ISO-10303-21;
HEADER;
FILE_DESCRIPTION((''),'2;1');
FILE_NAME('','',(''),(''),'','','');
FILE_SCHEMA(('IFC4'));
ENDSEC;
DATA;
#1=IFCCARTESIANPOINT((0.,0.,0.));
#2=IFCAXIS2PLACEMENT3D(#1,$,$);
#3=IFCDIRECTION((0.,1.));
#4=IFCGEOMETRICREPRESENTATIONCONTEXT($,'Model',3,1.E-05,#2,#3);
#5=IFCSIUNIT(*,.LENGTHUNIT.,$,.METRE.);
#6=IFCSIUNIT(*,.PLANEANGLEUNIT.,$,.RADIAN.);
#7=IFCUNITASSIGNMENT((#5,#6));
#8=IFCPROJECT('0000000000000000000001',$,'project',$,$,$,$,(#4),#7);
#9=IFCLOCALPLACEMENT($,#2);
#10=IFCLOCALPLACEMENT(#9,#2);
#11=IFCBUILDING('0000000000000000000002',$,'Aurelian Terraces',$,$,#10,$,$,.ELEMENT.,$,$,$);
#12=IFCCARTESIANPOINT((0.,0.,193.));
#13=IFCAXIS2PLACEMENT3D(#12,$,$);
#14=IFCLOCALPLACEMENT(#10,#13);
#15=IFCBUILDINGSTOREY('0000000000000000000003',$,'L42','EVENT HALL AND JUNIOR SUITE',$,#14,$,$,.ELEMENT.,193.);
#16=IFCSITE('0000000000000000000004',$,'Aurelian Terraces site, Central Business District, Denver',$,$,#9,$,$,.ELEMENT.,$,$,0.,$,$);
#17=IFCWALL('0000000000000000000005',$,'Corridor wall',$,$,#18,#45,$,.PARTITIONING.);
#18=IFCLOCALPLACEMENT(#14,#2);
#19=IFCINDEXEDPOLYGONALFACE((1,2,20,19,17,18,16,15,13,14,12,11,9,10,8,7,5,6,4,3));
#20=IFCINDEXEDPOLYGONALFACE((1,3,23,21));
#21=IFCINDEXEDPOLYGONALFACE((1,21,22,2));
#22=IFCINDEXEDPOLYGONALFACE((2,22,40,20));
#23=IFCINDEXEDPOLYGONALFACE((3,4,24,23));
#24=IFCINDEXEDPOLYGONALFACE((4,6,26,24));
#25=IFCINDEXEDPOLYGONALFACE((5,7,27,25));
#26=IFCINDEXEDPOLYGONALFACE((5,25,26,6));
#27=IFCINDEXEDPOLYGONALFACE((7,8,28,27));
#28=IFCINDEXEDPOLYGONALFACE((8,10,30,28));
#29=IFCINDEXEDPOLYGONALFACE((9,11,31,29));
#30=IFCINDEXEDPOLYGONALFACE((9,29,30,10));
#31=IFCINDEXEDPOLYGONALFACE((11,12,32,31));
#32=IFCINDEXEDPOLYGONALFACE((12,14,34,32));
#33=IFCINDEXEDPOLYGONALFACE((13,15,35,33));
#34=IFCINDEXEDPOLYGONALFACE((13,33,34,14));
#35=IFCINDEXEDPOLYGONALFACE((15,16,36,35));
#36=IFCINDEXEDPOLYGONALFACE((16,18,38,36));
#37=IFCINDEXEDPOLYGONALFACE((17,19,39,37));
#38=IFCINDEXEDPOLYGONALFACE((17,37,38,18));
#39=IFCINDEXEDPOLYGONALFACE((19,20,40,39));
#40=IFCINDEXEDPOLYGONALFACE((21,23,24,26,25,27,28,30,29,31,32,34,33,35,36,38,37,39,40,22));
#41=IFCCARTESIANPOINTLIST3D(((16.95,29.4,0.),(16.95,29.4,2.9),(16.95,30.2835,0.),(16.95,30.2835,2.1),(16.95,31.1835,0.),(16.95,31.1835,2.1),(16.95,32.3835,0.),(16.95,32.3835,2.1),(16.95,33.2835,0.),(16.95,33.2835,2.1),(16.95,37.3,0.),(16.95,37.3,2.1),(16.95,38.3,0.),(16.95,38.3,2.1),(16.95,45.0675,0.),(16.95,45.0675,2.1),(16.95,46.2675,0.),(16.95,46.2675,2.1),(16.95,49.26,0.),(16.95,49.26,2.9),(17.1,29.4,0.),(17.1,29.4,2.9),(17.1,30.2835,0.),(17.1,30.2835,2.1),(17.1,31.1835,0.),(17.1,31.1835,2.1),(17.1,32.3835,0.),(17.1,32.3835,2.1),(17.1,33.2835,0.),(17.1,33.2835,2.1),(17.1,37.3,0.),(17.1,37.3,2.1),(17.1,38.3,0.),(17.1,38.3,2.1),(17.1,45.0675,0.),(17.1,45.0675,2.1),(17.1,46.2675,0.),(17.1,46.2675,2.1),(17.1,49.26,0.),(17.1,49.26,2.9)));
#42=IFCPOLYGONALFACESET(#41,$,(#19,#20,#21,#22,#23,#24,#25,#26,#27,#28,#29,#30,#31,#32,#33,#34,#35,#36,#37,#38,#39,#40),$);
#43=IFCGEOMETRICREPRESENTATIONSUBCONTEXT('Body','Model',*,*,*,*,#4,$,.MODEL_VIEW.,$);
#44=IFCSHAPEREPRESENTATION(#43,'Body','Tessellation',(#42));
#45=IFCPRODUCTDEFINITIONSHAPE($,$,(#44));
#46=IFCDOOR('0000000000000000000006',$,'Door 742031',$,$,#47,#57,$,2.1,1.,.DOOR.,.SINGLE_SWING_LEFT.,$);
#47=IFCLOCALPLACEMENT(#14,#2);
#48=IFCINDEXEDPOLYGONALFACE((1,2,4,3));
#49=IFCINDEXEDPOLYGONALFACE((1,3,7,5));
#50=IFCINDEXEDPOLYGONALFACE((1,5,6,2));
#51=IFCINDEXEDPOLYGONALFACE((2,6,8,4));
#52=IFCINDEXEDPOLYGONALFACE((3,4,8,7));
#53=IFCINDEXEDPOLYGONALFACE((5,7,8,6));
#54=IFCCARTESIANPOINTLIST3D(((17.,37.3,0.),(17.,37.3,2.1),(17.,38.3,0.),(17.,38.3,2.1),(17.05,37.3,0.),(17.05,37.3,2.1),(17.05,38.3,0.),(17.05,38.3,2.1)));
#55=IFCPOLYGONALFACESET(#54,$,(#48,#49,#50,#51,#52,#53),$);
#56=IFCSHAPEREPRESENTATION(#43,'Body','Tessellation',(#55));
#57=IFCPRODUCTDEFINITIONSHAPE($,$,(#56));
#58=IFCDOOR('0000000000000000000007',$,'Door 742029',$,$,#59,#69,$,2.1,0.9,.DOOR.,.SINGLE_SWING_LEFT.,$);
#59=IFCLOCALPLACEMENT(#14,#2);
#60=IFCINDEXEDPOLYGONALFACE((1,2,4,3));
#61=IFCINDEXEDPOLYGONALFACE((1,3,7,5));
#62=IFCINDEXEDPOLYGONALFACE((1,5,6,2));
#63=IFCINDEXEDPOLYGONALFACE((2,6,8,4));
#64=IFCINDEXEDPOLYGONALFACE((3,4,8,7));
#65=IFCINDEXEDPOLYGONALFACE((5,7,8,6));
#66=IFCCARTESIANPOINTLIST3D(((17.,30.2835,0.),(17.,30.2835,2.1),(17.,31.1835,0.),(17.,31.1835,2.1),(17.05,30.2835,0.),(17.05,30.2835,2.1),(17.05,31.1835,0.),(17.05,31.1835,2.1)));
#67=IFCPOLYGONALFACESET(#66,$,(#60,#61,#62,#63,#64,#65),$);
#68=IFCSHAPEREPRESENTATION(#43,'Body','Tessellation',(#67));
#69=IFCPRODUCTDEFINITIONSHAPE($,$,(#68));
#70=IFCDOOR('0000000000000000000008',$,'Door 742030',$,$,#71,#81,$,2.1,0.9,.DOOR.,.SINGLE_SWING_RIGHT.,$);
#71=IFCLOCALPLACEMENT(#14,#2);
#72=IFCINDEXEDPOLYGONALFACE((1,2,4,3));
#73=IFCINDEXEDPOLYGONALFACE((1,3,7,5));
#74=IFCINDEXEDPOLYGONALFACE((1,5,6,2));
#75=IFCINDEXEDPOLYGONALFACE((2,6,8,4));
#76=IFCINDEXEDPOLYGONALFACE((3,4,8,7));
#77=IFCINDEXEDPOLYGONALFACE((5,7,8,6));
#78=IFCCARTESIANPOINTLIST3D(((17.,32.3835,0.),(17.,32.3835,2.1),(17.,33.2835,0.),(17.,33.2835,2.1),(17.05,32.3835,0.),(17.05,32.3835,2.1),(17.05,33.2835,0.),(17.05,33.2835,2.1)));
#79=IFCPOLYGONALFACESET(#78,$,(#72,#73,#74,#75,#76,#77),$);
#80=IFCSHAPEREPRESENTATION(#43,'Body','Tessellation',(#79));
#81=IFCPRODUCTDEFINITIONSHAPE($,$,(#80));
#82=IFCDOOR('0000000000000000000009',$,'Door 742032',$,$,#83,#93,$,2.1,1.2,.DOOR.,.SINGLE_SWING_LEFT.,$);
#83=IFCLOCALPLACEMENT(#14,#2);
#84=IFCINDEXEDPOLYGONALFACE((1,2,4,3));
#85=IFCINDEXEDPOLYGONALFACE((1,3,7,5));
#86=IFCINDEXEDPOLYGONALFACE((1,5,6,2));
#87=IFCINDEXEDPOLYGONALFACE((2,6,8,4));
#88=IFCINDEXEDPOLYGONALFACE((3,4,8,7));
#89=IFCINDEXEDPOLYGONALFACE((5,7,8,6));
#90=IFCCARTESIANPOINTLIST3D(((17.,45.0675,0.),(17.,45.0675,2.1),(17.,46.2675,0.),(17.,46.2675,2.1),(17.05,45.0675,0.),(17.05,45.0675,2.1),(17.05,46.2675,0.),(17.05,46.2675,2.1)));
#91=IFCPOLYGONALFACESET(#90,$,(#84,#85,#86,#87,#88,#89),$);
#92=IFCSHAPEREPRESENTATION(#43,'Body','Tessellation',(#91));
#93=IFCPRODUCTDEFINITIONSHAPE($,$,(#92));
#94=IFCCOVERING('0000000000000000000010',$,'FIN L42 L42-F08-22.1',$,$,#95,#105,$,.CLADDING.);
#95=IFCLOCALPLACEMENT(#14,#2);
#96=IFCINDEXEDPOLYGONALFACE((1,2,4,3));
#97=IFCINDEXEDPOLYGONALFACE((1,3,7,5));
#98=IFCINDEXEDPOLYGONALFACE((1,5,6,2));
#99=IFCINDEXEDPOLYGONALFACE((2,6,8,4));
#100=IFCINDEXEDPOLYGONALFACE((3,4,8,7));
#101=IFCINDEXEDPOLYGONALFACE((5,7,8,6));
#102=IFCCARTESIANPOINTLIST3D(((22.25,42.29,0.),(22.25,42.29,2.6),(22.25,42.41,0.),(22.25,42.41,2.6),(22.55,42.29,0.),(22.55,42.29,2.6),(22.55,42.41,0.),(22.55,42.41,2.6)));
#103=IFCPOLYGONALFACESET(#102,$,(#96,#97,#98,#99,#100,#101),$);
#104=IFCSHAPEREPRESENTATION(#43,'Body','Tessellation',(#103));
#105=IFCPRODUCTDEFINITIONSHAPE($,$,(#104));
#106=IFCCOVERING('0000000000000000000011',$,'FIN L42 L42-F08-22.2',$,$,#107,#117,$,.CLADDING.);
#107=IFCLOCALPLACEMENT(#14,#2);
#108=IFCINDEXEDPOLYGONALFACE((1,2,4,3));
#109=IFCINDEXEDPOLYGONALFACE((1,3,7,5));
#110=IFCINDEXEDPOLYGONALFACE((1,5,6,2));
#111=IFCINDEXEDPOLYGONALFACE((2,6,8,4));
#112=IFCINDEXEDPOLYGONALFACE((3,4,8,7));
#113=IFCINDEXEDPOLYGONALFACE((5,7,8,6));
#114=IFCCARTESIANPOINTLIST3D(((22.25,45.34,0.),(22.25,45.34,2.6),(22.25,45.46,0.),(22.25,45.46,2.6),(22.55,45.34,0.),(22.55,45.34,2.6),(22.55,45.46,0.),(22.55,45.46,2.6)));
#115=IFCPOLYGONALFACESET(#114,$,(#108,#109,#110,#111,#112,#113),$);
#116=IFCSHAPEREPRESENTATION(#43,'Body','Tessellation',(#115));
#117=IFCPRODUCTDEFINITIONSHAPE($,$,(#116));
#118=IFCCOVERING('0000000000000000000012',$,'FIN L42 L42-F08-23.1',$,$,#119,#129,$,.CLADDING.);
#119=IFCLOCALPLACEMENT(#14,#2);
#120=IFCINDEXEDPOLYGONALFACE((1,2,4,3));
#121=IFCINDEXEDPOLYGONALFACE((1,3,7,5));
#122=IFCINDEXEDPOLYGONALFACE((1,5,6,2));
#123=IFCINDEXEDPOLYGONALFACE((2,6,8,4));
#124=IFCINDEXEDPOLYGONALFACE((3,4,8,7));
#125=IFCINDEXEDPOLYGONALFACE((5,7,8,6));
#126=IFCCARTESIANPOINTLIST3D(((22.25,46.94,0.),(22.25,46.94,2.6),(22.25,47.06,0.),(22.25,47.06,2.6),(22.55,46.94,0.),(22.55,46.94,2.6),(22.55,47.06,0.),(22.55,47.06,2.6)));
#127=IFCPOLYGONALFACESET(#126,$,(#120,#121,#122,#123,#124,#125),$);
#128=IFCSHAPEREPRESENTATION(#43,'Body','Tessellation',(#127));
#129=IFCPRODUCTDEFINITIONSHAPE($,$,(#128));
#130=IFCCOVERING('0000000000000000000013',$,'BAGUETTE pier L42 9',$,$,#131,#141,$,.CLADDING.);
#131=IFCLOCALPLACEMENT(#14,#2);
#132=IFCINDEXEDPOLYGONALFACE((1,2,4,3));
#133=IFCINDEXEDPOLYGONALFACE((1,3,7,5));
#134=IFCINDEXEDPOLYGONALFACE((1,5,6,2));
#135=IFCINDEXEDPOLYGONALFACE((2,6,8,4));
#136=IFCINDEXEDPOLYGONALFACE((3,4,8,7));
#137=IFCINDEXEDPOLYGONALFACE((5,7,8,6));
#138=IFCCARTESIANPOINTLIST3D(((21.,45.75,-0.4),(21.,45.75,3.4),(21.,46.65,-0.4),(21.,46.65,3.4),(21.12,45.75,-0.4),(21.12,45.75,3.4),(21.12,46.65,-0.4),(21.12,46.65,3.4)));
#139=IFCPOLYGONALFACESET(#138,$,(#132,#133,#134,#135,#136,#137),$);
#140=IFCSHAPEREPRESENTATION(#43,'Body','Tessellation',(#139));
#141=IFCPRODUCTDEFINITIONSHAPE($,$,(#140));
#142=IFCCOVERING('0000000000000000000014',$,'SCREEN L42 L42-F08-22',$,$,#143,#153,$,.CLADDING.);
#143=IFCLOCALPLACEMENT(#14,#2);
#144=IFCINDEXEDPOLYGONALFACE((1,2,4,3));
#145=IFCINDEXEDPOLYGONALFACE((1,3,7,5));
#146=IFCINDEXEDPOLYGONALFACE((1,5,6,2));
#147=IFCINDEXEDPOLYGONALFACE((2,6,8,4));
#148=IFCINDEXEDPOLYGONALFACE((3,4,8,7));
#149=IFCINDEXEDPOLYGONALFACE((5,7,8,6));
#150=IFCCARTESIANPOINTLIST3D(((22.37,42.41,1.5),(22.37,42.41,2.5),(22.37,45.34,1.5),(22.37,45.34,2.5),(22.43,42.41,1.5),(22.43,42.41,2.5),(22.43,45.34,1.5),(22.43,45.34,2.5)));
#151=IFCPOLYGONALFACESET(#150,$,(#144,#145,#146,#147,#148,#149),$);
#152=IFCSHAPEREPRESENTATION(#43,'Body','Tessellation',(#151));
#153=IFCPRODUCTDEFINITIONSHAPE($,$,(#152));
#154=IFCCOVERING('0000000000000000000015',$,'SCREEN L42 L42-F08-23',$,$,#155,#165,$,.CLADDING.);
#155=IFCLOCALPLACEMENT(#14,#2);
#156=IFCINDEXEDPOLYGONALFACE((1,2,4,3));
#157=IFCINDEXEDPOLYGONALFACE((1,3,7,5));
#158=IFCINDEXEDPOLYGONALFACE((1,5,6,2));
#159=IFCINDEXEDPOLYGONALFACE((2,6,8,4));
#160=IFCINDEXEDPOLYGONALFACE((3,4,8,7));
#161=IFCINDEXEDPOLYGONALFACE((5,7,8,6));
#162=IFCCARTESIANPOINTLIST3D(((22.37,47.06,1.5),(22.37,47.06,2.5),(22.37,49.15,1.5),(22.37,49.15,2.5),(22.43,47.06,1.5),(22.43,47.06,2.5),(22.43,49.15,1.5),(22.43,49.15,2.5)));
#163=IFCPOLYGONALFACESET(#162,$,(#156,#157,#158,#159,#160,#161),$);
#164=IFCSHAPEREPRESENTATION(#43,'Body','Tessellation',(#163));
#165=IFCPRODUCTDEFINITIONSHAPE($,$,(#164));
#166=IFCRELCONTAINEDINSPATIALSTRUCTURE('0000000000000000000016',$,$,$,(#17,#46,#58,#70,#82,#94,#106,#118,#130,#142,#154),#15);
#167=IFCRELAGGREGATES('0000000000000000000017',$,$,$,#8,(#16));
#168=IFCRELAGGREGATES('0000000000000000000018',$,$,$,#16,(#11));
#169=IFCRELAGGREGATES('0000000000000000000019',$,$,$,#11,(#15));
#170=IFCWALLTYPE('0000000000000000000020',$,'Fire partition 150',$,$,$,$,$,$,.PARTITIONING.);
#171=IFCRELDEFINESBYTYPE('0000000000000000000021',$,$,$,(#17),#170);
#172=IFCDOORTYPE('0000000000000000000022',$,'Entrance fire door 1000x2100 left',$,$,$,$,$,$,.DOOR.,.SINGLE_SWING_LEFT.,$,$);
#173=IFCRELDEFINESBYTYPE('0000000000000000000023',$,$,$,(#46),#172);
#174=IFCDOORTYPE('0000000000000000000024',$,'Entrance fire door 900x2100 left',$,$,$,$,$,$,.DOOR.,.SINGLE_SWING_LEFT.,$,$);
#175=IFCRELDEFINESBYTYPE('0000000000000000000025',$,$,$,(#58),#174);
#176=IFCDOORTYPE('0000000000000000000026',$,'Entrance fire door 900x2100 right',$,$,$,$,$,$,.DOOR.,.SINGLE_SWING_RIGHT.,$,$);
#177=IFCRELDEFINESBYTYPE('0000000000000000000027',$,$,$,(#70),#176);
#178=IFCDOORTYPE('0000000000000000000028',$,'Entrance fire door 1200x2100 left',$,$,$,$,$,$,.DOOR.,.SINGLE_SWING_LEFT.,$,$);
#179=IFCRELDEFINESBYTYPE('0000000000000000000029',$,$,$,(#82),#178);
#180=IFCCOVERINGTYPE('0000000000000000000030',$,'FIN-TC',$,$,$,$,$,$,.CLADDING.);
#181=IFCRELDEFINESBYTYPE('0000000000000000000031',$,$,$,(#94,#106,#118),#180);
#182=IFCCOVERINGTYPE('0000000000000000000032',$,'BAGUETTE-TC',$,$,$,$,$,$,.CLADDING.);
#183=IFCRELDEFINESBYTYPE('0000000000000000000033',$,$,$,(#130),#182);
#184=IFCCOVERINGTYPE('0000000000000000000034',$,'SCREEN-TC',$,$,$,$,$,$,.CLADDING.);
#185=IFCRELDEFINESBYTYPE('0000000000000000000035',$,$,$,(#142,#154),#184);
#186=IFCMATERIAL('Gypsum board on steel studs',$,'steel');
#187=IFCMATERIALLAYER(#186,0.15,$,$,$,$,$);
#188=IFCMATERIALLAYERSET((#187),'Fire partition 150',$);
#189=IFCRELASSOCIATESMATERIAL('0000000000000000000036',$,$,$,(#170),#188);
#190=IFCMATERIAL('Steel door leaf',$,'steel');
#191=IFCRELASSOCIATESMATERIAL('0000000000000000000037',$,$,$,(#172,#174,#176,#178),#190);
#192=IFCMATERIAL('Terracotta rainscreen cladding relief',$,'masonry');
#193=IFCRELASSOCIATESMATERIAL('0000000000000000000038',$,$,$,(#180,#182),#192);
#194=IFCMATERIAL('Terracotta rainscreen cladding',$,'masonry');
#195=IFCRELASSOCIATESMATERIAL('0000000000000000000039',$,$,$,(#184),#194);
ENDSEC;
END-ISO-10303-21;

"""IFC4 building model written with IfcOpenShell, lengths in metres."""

from ifc_helpers import new_model, si_unit, direction, frame, frame_2d, origin, origin_2d, place, context, subcontext, project, spatial, rectangle, extrude, source, transform, mapped, material, layer, layer_set, type_object, element, fill, save


model = new_model("IFC4")

# Units and contexts
model_context = context("Model", 3, precision=1e-05, world=origin(), true_north=direction((0.0, 1.0)))
body_context = subcontext(model_context, "Body", "Model", "MODEL_VIEW")
ifc_project = project(units=[si_unit("LENGTHUNIT", "METRE"), si_unit("PLANEANGLEUNIT", "RADIAN")], contexts=[model_context])

# Site, building, storey
site_placement = place(None, origin())
site = spatial("IfcSite", under=ifc_project, at=site_placement, Name="Aurelian Terraces site, Central Business District, Denver", CompositionType="ELEMENT", RefElevation=0.0)
building_placement = place(site_placement, origin())
building = spatial("IfcBuilding", under=site, at=building_placement, Name="Aurelian Terraces", CompositionType="ELEMENT")
storey_placement = place(building_placement, frame((0.0, 0.0, 193.0)))
storey = spatial("IfcBuildingStorey", under=building, at=storey_placement, Name="L42", Description="EVENT HALL AND JUNIOR SUITE", CompositionType="ELEMENT", Elevation=193.0)

# Shared definitions
ifc_material_1 = material(Name="Terracotta rainscreen cladding", Category="masonry")

# Shared definitions
ifc_material_2 = material(Name="Gypsum board on steel studs", Category="steel")
ifc_layer_1 = layer(ifc_material_2, 0.15)
ifc_layer_set_1 = layer_set([ifc_layer_1], Name="Fire partition 150")
wall_type_1 = type_object("IfcWallType", Name="Fire partition 150", PredefinedType="PARTITIONING", material=ifc_layer_set_1)

# Wall, openings, doors
shared_shape_1 = source(origin(), body_context, "Body", "SweptSolid", [
    extrude(rectangle(XDim=19.86, YDim=0.15, at=frame_2d((9.93, 0.0))), origin(), (0.0, 0.0, 1.0), 2.9),
])
wall_1_placement = place(storey_placement, frame((17.025, 49.26, 0.0), z_axis=(0.0, 0.0, 1.0), x_axis=(0.0, -1.0, 0.0)))
wall_1 = element("IfcWall", 1, at=wall_1_placement, inside=storey, type_object=wall_type_1, Name="Corridor wall", PredefinedType="PARTITIONING", context=body_context, shape_type="MappedRepresentation", body=[
    mapped(shared_shape_1, transform((0.0, 0.0, 0.0), scale=1.0)),
])
shared_shape_2 = source(origin(), body_context, "Body", "SweptSolid", [
    extrude(rectangle(XDim=0.9, YDim=2.1, at=frame_2d((0.45, 1.05))), frame((0.0, 0.085, 0.0), z_axis=(0.0, -1.0, 0.0), x_axis=(1.0, 0.0, 0.0)), (0.0, 0.0, 1.0), 0.17),
])
opening_1_placement = place(wall_1_placement, frame((18.0765, 0.0, 0.0)))
opening_1 = element("IfcOpeningElement", 2, at=opening_1_placement, cuts=wall_1, PredefinedType="OPENING", context=body_context, shape_type="MappedRepresentation", body=[
    mapped(shared_shape_2, transform((0.0, 0.0, 0.0), scale=1.0)),
])
opening_2_placement = place(wall_1_placement, frame((15.9765, 0.0, 0.0)))
opening_2 = element("IfcOpeningElement", 3, at=opening_2_placement, cuts=wall_1, PredefinedType="OPENING", context=body_context, shape_type="MappedRepresentation", body=[
    mapped(shared_shape_2, transform((0.0, 0.0, 0.0), scale=1.0)),
])
shared_shape_3 = source(origin(), body_context, "Body", "SweptSolid", [
    extrude(rectangle(XDim=1.0, YDim=2.1, at=frame_2d((0.5, 1.05))), frame((0.0, 0.085, 0.0), z_axis=(0.0, -1.0, 0.0), x_axis=(1.0, 0.0, 0.0)), (0.0, 0.0, 1.0), 0.17),
])
opening_3_placement = place(wall_1_placement, frame((10.96, 0.0, 0.0)))
opening_3 = element("IfcOpeningElement", 4, at=opening_3_placement, cuts=wall_1, PredefinedType="OPENING", context=body_context, shape_type="MappedRepresentation", body=[
    mapped(shared_shape_3, transform((0.0, 0.0, 0.0), scale=1.0)),
])
shared_shape_4 = source(origin(), body_context, "Body", "SweptSolid", [
    extrude(rectangle(XDim=1.2, YDim=2.1, at=frame_2d((0.6, 1.05))), frame((0.0, 0.085, 0.0), z_axis=(0.0, -1.0, 0.0), x_axis=(1.0, 0.0, 0.0)), (0.0, 0.0, 1.0), 0.17),
])
opening_4_placement = place(wall_1_placement, frame((2.9925, 0.0, 0.0)))
opening_4 = element("IfcOpeningElement", 5, at=opening_4_placement, cuts=wall_1, PredefinedType="OPENING", context=body_context, shape_type="MappedRepresentation", body=[
    mapped(shared_shape_4, transform((0.0, 0.0, 0.0), scale=1.0)),
])
ifc_material_3 = material(Name="Steel door leaf", Category="steel")
door_type_1 = type_object("IfcDoorType", Name="Entrance fire door 1000x2100 left", OperationType="SINGLE_SWING_LEFT", PredefinedType="DOOR", material=ifc_material_3)
shared_shape_5 = source(origin(), body_context, "Body", "SweptSolid", [
    extrude(rectangle(XDim=1.0, YDim=2.1, at=frame_2d((0.5, 1.05))), frame((0.0, 0.025, 0.0), z_axis=(0.0, -1.0, 0.0), x_axis=(1.0, 0.0, 0.0)), (0.0, 0.0, 1.0), 0.05),
])
door_1_placement = place(opening_3_placement, origin())
door_1 = element("IfcDoor", 6, at=door_1_placement, inside=storey, type_object=door_type_1, Name="Door 742031", OperationType="SINGLE_SWING_LEFT", OverallHeight=2.1, OverallWidth=1.0, PredefinedType="DOOR", context=body_context, shape_type="MappedRepresentation", body=[
    mapped(shared_shape_5, transform((0.0, 0.0, 0.0), scale=1.0)),
])
fill(opening_3, door_1)
door_type_2 = type_object("IfcDoorType", Name="Entrance fire door 900x2100 left", OperationType="SINGLE_SWING_LEFT", PredefinedType="DOOR", material=ifc_material_3)
shared_shape_6 = source(origin(), body_context, "Body", "SweptSolid", [
    extrude(rectangle(XDim=0.9, YDim=2.1, at=frame_2d((0.45, 1.05))), frame((0.0, 0.025, 0.0), z_axis=(0.0, -1.0, 0.0), x_axis=(1.0, 0.0, 0.0)), (0.0, 0.0, 1.0), 0.05),
])
door_2_placement = place(opening_1_placement, origin())
door_2 = element("IfcDoor", 7, at=door_2_placement, inside=storey, type_object=door_type_2, Name="Door 742029", OperationType="SINGLE_SWING_LEFT", OverallHeight=2.1, OverallWidth=0.9, PredefinedType="DOOR", context=body_context, shape_type="MappedRepresentation", body=[
    mapped(shared_shape_6, transform((0.0, 0.0, 0.0), scale=1.0)),
])
fill(opening_1, door_2)
door_type_3 = type_object("IfcDoorType", Name="Entrance fire door 900x2100 right", OperationType="SINGLE_SWING_RIGHT", PredefinedType="DOOR", material=ifc_material_3)
door_3_placement = place(opening_2_placement, origin())
door_3 = element("IfcDoor", 8, at=door_3_placement, inside=storey, type_object=door_type_3, Name="Door 742030", OperationType="SINGLE_SWING_RIGHT", OverallHeight=2.1, OverallWidth=0.9, PredefinedType="DOOR", context=body_context, shape_type="MappedRepresentation", body=[
    mapped(shared_shape_6, transform((0.0, 0.0, 0.0), scale=1.0)),
])
fill(opening_2, door_3)
door_type_4 = type_object("IfcDoorType", Name="Entrance fire door 1200x2100 left", OperationType="SINGLE_SWING_LEFT", PredefinedType="DOOR", material=ifc_material_3)
shared_shape_7 = source(origin(), body_context, "Body", "SweptSolid", [
    extrude(rectangle(XDim=1.2, YDim=2.1, at=frame_2d((0.6, 1.05))), frame((0.0, 0.025, 0.0), z_axis=(0.0, -1.0, 0.0), x_axis=(1.0, 0.0, 0.0)), (0.0, 0.0, 1.0), 0.05),
])
door_4_placement = place(opening_4_placement, origin())
door_4 = element("IfcDoor", 9, at=door_4_placement, inside=storey, type_object=door_type_4, Name="Door 742032", OperationType="SINGLE_SWING_LEFT", OverallHeight=2.1, OverallWidth=1.2, PredefinedType="DOOR", context=body_context, shape_type="MappedRepresentation", body=[
    mapped(shared_shape_7, transform((0.0, 0.0, 0.0), scale=1.0)),
])
fill(opening_4, door_4)

# Coverings
ifc_material_4 = material(Name="Terracotta rainscreen cladding relief", Category="masonry")
covering_type_1 = type_object("IfcCoveringType", Name="FIN-TC", PredefinedType="CLADDING", material=ifc_material_4)
shared_shape_8 = source(origin(), body_context, "Body", "SweptSolid", [
    extrude(rectangle(XDim=0.3, YDim=0.12, at=origin_2d()), origin(), (0.0, 0.0, 1.0), 2.6),
])
for number, where, z_axis, x_axis, name in (
    (10, (22.4, 42.35, 0.0), (0.0, 0.0, 1.0), (1.0, 0.0, 0.0), "FIN L42 L42-F08-22.1"),
    (11, (22.4, 45.4, 0.0), (0.0, 0.0, 1.0), (1.0, 0.0, 0.0), "FIN L42 L42-F08-22.2"),
    (12, (22.4, 47.0, 0.0), (0.0, 0.0, 1.0), (1.0, 0.0, 0.0), "FIN L42 L42-F08-23.1"),
):
    element("IfcCovering", number, at=place(storey_placement, frame(where, z_axis=z_axis, x_axis=x_axis)), inside=storey, type_object=covering_type_1, Name=name, PredefinedType="CLADDING", context=body_context, shape_type="MappedRepresentation", body=[
        mapped(shared_shape_8, transform((0.0, 0.0, 0.0), scale=1.0)),
    ])
covering_type_2 = type_object("IfcCoveringType", Name="BAGUETTE-TC", PredefinedType="CLADDING", material=ifc_material_4)
shared_shape_9 = source(origin(), body_context, "Body", "SweptSolid", [
    extrude(rectangle(XDim=0.12, YDim=0.9, at=origin_2d()), origin(), (0.0, 0.0, 1.0), 3.8),
])
covering_1_placement = place(storey_placement, frame((21.06, 46.2, -0.4), z_axis=(0.0, 0.0, 1.0), x_axis=(1.0, 0.0, 0.0)))
element("IfcCovering", 13, at=covering_1_placement, inside=storey, type_object=covering_type_2, Name="BAGUETTE pier L42 9", PredefinedType="CLADDING", context=body_context, shape_type="MappedRepresentation", body=[
    mapped(shared_shape_9, transform((0.0, 0.0, 0.0), scale=1.0)),
])

# Covering
covering_type_3 = type_object("IfcCoveringType", Name="SCREEN-TC", PredefinedType="CLADDING", material=ifc_material_1)
shared_shape_10 = source(origin(), body_context, "Body", "SweptSolid", [
    extrude(rectangle(XDim=0.06, YDim=2.93, at=origin_2d()), origin(), (0.0, 0.0, 1.0), 1.0),
])
covering_2_placement = place(storey_placement, frame((22.4, 43.875, 1.5), z_axis=(0.0, 0.0, 1.0), x_axis=(1.0, 0.0, 0.0)))
element("IfcCovering", 14, at=covering_2_placement, inside=storey, type_object=covering_type_3, Name="SCREEN L42 L42-F08-22", PredefinedType="CLADDING", context=body_context, shape_type="MappedRepresentation", body=[
    mapped(shared_shape_10, transform((0.0, 0.0, 0.0), scale=1.0)),
])

# Covering
shared_shape_11 = source(origin(), body_context, "Body", "SweptSolid", [
    extrude(rectangle(XDim=0.06, YDim=2.09, at=origin_2d()), origin(), (0.0, 0.0, 1.0), 1.0),
])
covering_3_placement = place(storey_placement, frame((22.4, 48.105, 1.5), z_axis=(0.0, 0.0, 1.0), x_axis=(1.0, 0.0, 0.0)))
element("IfcCovering", 15, at=covering_3_placement, inside=storey, type_object=covering_type_3, Name="SCREEN L42 L42-F08-23", PredefinedType="CLADDING", context=body_context, shape_type="MappedRepresentation", body=[
    mapped(shared_shape_11, transform((0.0, 0.0, 0.0), scale=1.0)),
])

save(model, "model.ifc")
